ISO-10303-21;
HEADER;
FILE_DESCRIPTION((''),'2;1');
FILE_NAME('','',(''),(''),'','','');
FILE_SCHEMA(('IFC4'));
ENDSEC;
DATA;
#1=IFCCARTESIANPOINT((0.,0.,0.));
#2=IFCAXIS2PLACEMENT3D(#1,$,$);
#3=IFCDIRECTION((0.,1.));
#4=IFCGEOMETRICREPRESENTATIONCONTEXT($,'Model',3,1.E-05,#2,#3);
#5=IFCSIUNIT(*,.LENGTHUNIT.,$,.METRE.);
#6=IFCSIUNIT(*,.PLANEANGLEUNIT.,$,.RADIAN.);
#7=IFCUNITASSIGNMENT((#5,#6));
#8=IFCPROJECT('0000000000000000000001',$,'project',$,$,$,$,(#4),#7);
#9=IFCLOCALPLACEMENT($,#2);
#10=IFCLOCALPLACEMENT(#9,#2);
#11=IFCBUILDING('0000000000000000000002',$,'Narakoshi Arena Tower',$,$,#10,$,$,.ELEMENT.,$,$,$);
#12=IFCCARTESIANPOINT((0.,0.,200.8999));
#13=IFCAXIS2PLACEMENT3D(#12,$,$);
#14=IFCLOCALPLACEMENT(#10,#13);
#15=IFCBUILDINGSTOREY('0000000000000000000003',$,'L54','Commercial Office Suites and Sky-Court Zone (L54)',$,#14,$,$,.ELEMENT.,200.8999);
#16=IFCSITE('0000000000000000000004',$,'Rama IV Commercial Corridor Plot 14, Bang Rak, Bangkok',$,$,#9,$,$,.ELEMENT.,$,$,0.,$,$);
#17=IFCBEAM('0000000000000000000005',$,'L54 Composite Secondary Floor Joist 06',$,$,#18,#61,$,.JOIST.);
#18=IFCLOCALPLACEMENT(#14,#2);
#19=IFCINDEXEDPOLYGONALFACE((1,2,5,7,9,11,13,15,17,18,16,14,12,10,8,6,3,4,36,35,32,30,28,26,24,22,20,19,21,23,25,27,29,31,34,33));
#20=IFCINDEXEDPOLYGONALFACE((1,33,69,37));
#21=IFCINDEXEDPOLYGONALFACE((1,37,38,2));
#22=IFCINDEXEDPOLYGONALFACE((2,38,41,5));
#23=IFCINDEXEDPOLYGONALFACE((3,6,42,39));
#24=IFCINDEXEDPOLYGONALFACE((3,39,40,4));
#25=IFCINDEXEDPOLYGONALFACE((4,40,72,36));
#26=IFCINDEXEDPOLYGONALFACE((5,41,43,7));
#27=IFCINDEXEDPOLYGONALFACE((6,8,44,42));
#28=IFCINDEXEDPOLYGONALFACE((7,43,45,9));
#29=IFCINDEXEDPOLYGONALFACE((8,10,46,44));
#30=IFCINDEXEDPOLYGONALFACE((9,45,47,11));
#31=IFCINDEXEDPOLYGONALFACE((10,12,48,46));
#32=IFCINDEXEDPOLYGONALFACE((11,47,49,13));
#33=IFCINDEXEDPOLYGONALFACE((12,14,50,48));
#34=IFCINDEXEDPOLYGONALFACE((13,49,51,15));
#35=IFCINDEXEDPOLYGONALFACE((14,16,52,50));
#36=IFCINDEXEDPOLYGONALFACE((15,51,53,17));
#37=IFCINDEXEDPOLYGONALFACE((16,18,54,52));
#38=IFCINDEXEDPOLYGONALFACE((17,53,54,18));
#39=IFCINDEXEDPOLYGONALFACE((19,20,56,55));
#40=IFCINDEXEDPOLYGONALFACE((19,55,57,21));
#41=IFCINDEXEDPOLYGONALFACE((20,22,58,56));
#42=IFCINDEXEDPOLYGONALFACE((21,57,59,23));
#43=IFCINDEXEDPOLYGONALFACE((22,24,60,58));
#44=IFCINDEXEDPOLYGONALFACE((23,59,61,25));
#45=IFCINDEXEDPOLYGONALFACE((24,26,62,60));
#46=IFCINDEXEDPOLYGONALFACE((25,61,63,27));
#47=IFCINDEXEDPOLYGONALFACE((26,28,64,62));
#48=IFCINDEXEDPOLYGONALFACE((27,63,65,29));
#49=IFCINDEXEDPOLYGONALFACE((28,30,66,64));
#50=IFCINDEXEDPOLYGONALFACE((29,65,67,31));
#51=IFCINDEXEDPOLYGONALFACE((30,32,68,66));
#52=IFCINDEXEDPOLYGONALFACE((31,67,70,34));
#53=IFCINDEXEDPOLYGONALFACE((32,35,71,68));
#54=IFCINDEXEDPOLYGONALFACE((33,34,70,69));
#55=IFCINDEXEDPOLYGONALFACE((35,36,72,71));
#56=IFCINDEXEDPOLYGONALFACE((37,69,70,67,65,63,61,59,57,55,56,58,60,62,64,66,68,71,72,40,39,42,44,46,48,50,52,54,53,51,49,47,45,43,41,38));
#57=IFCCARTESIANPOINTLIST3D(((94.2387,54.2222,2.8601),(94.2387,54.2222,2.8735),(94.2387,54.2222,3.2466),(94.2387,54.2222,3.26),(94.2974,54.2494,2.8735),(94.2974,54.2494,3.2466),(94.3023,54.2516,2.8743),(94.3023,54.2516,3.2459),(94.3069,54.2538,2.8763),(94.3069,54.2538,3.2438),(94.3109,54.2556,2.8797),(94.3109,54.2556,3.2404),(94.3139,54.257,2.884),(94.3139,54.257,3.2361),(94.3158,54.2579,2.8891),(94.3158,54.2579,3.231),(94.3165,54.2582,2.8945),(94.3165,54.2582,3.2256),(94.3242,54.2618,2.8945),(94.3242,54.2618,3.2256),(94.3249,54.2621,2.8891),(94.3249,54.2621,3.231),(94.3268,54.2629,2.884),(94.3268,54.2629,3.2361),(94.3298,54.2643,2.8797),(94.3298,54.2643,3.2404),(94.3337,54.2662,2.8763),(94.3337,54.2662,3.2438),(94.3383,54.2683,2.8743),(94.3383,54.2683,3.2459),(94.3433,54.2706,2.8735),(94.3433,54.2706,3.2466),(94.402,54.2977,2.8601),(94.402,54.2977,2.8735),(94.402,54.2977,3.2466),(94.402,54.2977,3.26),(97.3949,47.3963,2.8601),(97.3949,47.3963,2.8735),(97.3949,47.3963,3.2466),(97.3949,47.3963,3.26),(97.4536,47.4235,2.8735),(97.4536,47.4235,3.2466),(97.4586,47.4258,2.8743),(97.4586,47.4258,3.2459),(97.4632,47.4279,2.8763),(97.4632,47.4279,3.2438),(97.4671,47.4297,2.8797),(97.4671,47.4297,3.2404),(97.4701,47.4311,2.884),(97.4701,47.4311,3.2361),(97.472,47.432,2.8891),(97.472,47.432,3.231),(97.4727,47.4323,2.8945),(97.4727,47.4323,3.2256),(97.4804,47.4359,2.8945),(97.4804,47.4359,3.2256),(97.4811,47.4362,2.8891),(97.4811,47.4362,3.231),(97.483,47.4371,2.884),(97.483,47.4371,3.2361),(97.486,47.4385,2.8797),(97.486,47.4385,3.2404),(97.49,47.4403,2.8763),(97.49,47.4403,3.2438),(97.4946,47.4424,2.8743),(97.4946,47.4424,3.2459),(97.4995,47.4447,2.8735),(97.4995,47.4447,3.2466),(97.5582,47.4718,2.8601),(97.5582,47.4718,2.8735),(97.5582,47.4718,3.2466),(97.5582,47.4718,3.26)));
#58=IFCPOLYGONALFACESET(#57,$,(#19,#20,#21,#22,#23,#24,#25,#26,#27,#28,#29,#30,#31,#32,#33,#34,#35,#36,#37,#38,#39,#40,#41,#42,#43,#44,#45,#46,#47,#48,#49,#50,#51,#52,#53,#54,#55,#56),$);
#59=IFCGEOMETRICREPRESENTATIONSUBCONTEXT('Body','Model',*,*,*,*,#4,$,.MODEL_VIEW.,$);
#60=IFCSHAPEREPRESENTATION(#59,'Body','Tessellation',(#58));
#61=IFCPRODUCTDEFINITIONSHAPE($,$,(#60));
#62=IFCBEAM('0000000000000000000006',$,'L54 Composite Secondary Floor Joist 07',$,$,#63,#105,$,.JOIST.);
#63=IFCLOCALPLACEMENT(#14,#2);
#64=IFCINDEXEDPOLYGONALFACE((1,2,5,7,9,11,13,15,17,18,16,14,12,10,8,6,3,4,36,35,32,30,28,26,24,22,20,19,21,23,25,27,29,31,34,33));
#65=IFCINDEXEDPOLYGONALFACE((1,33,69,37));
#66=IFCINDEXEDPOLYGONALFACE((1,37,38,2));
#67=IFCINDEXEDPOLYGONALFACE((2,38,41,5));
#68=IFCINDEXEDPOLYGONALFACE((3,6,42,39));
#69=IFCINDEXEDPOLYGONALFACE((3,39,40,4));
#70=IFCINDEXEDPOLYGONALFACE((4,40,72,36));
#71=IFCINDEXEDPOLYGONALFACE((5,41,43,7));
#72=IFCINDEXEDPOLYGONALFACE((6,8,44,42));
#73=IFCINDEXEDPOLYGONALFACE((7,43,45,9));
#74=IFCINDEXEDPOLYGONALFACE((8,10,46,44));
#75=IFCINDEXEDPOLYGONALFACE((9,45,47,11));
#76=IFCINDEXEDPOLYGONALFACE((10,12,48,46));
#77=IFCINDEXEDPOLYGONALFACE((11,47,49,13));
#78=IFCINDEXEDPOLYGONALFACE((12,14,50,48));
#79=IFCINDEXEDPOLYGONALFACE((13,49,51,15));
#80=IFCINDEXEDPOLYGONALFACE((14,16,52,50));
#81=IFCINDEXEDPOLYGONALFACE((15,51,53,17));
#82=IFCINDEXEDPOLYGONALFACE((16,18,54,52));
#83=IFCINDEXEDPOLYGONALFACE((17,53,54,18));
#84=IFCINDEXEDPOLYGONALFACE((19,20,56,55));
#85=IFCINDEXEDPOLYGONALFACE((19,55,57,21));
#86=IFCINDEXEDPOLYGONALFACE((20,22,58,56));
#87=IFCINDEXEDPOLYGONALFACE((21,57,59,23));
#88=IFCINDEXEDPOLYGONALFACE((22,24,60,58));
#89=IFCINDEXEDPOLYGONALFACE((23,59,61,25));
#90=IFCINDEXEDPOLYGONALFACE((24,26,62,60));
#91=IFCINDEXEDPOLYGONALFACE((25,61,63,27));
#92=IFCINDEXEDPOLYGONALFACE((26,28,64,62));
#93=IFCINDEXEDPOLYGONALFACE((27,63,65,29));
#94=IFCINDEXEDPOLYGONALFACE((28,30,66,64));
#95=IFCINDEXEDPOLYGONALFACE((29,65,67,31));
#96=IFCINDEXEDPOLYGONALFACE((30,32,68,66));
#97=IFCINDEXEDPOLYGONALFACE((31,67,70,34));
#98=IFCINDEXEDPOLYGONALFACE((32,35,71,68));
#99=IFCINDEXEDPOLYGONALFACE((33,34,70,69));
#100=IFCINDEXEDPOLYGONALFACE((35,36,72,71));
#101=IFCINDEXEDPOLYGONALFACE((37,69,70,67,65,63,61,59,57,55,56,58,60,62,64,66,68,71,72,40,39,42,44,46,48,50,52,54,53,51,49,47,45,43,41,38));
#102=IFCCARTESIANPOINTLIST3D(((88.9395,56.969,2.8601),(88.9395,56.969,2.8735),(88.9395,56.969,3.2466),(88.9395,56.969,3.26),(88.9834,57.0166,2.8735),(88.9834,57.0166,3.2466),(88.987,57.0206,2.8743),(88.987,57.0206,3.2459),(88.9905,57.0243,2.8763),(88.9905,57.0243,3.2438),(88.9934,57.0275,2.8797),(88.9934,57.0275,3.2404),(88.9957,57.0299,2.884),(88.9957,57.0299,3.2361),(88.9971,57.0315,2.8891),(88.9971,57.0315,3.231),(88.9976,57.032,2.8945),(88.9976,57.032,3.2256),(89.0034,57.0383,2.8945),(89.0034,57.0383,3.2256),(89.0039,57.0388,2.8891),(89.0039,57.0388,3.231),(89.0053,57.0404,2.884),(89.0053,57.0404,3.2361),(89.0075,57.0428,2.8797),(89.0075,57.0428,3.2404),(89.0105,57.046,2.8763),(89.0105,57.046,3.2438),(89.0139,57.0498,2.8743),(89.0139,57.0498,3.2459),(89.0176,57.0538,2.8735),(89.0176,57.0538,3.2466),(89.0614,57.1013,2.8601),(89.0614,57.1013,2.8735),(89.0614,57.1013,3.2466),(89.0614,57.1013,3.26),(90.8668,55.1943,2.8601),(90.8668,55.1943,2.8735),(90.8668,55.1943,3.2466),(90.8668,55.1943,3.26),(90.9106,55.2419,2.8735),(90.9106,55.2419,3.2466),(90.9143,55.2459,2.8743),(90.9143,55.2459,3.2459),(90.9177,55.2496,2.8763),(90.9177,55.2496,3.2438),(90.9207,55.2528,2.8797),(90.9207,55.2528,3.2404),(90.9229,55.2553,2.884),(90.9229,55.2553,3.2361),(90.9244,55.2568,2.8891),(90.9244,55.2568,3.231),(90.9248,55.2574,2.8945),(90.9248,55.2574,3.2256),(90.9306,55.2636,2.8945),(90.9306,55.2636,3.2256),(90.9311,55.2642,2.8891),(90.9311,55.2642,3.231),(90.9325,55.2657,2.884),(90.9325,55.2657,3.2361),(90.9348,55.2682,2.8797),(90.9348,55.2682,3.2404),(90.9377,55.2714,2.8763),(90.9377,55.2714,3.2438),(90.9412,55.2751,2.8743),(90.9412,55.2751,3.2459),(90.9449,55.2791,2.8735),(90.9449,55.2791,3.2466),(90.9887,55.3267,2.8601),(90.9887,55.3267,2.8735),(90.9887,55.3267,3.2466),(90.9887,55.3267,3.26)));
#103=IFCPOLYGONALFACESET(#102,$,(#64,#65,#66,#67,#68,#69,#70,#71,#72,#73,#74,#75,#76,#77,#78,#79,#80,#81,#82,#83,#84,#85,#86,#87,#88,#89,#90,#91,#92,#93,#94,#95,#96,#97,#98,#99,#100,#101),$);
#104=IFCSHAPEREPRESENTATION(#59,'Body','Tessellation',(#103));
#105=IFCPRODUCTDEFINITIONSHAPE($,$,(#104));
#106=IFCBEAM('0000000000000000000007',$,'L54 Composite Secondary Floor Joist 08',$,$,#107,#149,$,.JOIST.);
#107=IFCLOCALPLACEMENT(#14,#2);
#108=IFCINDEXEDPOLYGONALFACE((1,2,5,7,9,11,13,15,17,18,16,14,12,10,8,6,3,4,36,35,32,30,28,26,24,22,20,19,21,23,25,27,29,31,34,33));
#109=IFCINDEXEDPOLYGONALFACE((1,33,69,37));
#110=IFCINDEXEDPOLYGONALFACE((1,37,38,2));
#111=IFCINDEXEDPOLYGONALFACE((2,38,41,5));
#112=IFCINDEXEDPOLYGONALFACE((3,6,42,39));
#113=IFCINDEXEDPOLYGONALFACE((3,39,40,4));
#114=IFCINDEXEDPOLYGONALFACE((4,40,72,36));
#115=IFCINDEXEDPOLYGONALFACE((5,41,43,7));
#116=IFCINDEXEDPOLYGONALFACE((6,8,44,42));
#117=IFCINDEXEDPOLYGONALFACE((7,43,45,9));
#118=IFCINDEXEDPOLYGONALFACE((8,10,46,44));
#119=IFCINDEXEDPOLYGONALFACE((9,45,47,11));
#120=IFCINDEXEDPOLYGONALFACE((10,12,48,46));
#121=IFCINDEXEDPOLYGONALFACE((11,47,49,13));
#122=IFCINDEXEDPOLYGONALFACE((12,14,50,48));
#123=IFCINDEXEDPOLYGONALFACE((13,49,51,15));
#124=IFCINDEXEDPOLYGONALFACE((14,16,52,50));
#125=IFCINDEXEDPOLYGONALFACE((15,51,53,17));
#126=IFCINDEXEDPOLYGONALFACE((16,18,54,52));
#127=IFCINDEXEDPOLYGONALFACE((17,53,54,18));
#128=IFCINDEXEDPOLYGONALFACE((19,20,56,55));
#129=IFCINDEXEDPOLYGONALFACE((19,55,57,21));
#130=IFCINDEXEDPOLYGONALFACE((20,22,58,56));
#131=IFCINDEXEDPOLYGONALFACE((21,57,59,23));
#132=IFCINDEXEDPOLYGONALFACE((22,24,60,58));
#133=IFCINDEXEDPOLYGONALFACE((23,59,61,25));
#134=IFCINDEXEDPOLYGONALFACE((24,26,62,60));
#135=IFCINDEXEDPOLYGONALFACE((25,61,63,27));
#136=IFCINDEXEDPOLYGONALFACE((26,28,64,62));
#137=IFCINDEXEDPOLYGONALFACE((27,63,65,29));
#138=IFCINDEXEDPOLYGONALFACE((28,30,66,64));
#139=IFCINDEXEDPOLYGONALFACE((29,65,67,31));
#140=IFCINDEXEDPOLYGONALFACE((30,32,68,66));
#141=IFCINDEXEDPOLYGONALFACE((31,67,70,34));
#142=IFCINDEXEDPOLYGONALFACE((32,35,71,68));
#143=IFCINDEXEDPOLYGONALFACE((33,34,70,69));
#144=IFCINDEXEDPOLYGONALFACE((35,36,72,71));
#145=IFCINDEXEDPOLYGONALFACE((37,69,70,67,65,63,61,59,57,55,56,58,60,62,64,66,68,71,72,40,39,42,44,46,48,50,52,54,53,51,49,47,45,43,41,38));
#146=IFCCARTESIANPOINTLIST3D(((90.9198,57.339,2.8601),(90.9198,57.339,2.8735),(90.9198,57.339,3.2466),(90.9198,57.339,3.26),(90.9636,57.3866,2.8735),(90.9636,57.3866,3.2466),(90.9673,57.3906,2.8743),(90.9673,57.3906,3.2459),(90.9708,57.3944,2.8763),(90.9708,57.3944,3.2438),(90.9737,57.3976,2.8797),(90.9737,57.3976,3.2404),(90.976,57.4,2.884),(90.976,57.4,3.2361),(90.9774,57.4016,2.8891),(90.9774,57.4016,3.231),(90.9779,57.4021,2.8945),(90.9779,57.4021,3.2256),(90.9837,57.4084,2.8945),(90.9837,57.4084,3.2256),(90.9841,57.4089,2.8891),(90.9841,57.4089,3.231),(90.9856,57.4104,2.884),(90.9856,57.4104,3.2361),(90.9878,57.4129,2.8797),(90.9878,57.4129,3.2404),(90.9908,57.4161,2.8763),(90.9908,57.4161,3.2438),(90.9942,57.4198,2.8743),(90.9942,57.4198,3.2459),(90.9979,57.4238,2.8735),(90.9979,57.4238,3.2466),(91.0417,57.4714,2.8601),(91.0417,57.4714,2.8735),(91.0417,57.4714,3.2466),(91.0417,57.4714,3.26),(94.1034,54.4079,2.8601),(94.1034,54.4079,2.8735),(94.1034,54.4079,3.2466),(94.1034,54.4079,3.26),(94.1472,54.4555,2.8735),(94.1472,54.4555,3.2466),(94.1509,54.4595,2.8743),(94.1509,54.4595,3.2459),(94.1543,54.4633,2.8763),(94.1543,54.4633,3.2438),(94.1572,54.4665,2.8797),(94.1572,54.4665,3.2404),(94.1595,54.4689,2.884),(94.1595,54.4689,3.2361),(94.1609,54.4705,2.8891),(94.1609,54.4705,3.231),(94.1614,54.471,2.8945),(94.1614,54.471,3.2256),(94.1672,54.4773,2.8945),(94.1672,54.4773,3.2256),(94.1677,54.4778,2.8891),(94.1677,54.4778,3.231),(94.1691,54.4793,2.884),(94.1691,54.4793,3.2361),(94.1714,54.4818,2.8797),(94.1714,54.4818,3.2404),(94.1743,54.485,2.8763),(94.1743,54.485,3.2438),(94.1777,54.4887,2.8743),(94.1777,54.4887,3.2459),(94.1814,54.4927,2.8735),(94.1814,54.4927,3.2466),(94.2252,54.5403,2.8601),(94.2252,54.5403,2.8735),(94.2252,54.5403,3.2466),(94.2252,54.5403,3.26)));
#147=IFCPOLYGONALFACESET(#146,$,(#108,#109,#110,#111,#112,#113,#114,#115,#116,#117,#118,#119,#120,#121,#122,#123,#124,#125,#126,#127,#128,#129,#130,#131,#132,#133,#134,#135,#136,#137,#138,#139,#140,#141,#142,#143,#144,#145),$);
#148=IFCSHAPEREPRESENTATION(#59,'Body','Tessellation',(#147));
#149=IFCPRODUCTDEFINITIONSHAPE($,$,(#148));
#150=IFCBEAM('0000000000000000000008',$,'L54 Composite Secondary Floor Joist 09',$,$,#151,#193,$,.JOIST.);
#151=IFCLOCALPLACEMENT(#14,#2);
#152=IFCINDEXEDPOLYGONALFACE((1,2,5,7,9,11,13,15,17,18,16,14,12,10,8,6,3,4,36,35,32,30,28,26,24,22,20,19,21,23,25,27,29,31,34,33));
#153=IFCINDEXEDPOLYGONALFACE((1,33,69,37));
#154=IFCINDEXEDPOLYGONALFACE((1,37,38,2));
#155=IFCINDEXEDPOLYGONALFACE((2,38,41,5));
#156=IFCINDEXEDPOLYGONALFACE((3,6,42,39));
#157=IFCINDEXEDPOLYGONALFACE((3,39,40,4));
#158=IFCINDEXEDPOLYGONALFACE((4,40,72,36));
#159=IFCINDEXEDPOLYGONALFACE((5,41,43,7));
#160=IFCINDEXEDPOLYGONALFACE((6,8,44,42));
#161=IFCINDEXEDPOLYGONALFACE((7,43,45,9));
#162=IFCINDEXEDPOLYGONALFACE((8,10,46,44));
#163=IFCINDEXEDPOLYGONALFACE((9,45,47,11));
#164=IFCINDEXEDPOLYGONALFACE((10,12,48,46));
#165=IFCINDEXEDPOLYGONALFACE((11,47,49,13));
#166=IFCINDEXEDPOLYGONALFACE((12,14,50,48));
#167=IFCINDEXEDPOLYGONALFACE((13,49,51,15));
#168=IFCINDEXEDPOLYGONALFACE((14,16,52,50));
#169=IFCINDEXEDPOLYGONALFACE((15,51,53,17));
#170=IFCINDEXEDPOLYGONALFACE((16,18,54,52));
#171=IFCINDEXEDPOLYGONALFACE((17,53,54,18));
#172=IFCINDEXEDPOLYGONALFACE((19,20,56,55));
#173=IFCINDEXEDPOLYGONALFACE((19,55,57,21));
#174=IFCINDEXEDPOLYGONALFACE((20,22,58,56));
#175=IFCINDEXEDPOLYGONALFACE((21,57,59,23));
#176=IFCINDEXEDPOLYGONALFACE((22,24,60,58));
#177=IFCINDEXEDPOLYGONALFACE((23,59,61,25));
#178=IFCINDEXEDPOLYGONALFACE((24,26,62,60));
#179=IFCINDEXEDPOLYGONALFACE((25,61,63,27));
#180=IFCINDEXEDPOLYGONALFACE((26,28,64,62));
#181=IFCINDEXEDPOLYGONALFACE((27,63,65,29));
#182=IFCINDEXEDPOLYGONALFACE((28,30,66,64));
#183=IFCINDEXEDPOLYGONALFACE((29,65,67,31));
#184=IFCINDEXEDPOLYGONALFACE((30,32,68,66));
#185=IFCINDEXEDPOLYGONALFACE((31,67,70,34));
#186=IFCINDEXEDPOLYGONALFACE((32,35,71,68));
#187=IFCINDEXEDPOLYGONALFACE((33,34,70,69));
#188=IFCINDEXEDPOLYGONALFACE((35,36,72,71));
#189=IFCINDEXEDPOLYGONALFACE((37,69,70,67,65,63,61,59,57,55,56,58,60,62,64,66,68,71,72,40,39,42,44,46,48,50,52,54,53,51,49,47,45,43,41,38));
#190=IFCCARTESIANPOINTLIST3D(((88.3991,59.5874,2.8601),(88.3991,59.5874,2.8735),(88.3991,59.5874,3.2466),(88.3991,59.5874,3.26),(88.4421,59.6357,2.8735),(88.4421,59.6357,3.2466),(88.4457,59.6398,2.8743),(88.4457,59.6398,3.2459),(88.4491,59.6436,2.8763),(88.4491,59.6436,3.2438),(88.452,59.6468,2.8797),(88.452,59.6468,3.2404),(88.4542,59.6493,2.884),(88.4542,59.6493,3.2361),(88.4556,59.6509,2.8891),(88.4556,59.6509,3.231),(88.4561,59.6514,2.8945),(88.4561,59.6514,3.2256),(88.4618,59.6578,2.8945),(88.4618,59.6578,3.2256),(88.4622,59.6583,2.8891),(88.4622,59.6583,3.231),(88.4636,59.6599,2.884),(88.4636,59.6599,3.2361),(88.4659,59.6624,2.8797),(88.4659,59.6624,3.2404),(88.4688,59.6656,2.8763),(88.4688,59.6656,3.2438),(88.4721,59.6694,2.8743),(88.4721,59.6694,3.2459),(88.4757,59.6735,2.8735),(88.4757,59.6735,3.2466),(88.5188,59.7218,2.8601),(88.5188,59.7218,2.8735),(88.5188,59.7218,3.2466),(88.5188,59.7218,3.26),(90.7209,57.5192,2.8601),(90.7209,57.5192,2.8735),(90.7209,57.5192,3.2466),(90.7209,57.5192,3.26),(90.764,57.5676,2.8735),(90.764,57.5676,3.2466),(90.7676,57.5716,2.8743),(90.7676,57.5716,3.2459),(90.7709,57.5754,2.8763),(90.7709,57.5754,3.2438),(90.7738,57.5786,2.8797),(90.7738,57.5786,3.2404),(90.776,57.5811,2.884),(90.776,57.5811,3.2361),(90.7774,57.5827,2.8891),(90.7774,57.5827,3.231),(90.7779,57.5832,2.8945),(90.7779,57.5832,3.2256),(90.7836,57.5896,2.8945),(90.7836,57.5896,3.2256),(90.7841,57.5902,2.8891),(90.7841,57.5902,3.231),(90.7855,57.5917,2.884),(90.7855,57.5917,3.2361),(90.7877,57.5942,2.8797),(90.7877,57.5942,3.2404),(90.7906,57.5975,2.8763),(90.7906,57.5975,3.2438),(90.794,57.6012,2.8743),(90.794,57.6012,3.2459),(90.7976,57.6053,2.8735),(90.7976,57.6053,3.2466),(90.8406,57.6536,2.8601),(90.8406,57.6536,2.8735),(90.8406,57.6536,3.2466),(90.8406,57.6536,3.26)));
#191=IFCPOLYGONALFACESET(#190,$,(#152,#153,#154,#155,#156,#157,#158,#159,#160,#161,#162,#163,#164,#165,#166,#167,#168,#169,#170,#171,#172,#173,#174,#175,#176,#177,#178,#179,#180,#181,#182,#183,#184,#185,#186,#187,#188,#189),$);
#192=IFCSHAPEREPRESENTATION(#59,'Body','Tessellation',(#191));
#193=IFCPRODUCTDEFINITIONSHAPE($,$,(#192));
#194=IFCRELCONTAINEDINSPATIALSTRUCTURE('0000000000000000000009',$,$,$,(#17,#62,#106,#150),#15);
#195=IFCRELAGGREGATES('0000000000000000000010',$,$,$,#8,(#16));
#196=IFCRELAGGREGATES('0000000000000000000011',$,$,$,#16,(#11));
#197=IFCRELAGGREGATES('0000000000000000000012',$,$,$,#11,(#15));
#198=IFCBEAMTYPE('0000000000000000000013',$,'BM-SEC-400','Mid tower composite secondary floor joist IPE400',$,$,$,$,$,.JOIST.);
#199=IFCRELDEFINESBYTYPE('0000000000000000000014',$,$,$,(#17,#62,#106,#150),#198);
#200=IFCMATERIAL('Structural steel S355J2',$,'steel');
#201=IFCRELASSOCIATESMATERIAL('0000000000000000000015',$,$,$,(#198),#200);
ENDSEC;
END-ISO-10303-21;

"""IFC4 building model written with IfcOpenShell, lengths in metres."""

from ifc_helpers import new_model, si_unit, direction, frame, origin, origin_2d, place, context, subcontext, project, spatial, i_section, extrude, material, material_profile, profile_set, type_object, element, save


model = new_model("IFC4")

# Units and contexts
model_context = context("Model", 3, precision=1e-05, world=origin(), true_north=direction((0.0, 1.0)))
body_context = subcontext(model_context, "Body", "Model", "MODEL_VIEW")
ifc_project = project(units=[si_unit("LENGTHUNIT", "METRE"), si_unit("PLANEANGLEUNIT", "RADIAN")], contexts=[model_context])

# Site, building, storey
site_placement = place(None, origin())
site = spatial("IfcSite", under=ifc_project, at=site_placement, Name="Rama IV Commercial Corridor Plot 14, Bang Rak, Bangkok", CompositionType="ELEMENT", RefElevation=0.0)
building_placement = place(site_placement, origin())
building = spatial("IfcBuilding", under=site, at=building_placement, Name="Narakoshi Arena Tower", CompositionType="ELEMENT")
storey_placement = place(building_placement, frame((0.0, 0.0, 200.8999)))
storey = spatial("IfcBuildingStorey", under=building, at=storey_placement, Name="L54", Description="Commercial Office Suites and Sky-Court Zone (L54)", CompositionType="ELEMENT", Elevation=200.8999)

# Beams
ifc_material_1 = material(Name="Structural steel S355J2", Category="steel")
ifc_material_profile_1 = material_profile(ifc_material_1, i_section(OverallWidth=0.1799, OverallDepth=0.3999, WebThickness=0.0085, FlangeThickness=0.0134, FilletRadius=0.021, at=origin_2d()), Name="IPE400")
ifc_profile_set_1 = profile_set([ifc_material_profile_1], Name="Structural steel S355J2")
beam_type_1 = type_object("IfcBeamType", Name="BM-SEC-400", Description="Mid tower composite secondary floor joist IPE400", PredefinedType="JOIST", material=ifc_profile_set_1)
beam_1_placement = place(storey_placement, frame((97.4766, 47.4341, 3.0601), z_axis=(-0.419696, 0.907665, 0.0), x_axis=(-0.907665, -0.419696, 0.0)))
element("IfcBeam", 1, at=beam_1_placement, inside=storey, type_object=beam_type_1, Name="L54 Composite Secondary Floor Joist 06", PredefinedType="JOIST", context=body_context, shape_type="SweptSolid", body=[
    extrude(i_section(OverallWidth=0.1799, OverallDepth=0.3999, WebThickness=0.0085, FlangeThickness=0.0134, FilletRadius=0.021, at=origin_2d()), origin(), (0.0, 0.0, 1.0), 7.5203),
])
beam_2_placement = place(storey_placement, frame((90.9277, 55.2605, 3.0601), z_axis=(-0.735628, 0.677386, 0.0), x_axis=(-0.677386, -0.735628, 0.0)))
element("IfcBeam", 2, at=beam_2_placement, inside=storey, type_object=beam_type_1, Name="L54 Composite Secondary Floor Joist 07", PredefinedType="JOIST", context=body_context, shape_type="SweptSolid", body=[
    extrude(i_section(OverallWidth=0.1799, OverallDepth=0.3999, WebThickness=0.0085, FlangeThickness=0.0134, FilletRadius=0.021, at=origin_2d()), origin(), (0.0, 0.0, 1.0), 2.6199),
])
beam_3_placement = place(storey_placement, frame((94.1643, 54.4741, 3.0601), z_axis=(-0.735672, 0.677338, 0.0), x_axis=(-0.677338, -0.735672, 0.0)))
element("IfcBeam", 3, at=beam_3_placement, inside=storey, type_object=beam_type_1, Name="L54 Composite Secondary Floor Joist 08", PredefinedType="JOIST", context=body_context, shape_type="SweptSolid", body=[
    extrude(i_section(OverallWidth=0.1799, OverallDepth=0.3999, WebThickness=0.0085, FlangeThickness=0.0134, FilletRadius=0.021, at=origin_2d()), origin(), (0.0, 0.0, 1.0), 4.3274),
])
beam_4_placement = place(storey_placement, frame((90.7808, 57.5864, 3.0601), z_axis=(-0.74672, 0.665138, 0.0), x_axis=(-0.665138, -0.74672, 0.0)))
element("IfcBeam", 4, at=beam_4_placement, inside=storey, type_object=beam_type_1, Name="L54 Composite Secondary Floor Joist 09", PredefinedType="JOIST", context=body_context, shape_type="SweptSolid", body=[
    extrude(i_section(OverallWidth=0.1799, OverallDepth=0.3999, WebThickness=0.0085, FlangeThickness=0.0134, FilletRadius=0.021, at=origin_2d()), origin(), (0.0, 0.0, 1.0), 3.1094),
])

save(model, "model.ifc")
